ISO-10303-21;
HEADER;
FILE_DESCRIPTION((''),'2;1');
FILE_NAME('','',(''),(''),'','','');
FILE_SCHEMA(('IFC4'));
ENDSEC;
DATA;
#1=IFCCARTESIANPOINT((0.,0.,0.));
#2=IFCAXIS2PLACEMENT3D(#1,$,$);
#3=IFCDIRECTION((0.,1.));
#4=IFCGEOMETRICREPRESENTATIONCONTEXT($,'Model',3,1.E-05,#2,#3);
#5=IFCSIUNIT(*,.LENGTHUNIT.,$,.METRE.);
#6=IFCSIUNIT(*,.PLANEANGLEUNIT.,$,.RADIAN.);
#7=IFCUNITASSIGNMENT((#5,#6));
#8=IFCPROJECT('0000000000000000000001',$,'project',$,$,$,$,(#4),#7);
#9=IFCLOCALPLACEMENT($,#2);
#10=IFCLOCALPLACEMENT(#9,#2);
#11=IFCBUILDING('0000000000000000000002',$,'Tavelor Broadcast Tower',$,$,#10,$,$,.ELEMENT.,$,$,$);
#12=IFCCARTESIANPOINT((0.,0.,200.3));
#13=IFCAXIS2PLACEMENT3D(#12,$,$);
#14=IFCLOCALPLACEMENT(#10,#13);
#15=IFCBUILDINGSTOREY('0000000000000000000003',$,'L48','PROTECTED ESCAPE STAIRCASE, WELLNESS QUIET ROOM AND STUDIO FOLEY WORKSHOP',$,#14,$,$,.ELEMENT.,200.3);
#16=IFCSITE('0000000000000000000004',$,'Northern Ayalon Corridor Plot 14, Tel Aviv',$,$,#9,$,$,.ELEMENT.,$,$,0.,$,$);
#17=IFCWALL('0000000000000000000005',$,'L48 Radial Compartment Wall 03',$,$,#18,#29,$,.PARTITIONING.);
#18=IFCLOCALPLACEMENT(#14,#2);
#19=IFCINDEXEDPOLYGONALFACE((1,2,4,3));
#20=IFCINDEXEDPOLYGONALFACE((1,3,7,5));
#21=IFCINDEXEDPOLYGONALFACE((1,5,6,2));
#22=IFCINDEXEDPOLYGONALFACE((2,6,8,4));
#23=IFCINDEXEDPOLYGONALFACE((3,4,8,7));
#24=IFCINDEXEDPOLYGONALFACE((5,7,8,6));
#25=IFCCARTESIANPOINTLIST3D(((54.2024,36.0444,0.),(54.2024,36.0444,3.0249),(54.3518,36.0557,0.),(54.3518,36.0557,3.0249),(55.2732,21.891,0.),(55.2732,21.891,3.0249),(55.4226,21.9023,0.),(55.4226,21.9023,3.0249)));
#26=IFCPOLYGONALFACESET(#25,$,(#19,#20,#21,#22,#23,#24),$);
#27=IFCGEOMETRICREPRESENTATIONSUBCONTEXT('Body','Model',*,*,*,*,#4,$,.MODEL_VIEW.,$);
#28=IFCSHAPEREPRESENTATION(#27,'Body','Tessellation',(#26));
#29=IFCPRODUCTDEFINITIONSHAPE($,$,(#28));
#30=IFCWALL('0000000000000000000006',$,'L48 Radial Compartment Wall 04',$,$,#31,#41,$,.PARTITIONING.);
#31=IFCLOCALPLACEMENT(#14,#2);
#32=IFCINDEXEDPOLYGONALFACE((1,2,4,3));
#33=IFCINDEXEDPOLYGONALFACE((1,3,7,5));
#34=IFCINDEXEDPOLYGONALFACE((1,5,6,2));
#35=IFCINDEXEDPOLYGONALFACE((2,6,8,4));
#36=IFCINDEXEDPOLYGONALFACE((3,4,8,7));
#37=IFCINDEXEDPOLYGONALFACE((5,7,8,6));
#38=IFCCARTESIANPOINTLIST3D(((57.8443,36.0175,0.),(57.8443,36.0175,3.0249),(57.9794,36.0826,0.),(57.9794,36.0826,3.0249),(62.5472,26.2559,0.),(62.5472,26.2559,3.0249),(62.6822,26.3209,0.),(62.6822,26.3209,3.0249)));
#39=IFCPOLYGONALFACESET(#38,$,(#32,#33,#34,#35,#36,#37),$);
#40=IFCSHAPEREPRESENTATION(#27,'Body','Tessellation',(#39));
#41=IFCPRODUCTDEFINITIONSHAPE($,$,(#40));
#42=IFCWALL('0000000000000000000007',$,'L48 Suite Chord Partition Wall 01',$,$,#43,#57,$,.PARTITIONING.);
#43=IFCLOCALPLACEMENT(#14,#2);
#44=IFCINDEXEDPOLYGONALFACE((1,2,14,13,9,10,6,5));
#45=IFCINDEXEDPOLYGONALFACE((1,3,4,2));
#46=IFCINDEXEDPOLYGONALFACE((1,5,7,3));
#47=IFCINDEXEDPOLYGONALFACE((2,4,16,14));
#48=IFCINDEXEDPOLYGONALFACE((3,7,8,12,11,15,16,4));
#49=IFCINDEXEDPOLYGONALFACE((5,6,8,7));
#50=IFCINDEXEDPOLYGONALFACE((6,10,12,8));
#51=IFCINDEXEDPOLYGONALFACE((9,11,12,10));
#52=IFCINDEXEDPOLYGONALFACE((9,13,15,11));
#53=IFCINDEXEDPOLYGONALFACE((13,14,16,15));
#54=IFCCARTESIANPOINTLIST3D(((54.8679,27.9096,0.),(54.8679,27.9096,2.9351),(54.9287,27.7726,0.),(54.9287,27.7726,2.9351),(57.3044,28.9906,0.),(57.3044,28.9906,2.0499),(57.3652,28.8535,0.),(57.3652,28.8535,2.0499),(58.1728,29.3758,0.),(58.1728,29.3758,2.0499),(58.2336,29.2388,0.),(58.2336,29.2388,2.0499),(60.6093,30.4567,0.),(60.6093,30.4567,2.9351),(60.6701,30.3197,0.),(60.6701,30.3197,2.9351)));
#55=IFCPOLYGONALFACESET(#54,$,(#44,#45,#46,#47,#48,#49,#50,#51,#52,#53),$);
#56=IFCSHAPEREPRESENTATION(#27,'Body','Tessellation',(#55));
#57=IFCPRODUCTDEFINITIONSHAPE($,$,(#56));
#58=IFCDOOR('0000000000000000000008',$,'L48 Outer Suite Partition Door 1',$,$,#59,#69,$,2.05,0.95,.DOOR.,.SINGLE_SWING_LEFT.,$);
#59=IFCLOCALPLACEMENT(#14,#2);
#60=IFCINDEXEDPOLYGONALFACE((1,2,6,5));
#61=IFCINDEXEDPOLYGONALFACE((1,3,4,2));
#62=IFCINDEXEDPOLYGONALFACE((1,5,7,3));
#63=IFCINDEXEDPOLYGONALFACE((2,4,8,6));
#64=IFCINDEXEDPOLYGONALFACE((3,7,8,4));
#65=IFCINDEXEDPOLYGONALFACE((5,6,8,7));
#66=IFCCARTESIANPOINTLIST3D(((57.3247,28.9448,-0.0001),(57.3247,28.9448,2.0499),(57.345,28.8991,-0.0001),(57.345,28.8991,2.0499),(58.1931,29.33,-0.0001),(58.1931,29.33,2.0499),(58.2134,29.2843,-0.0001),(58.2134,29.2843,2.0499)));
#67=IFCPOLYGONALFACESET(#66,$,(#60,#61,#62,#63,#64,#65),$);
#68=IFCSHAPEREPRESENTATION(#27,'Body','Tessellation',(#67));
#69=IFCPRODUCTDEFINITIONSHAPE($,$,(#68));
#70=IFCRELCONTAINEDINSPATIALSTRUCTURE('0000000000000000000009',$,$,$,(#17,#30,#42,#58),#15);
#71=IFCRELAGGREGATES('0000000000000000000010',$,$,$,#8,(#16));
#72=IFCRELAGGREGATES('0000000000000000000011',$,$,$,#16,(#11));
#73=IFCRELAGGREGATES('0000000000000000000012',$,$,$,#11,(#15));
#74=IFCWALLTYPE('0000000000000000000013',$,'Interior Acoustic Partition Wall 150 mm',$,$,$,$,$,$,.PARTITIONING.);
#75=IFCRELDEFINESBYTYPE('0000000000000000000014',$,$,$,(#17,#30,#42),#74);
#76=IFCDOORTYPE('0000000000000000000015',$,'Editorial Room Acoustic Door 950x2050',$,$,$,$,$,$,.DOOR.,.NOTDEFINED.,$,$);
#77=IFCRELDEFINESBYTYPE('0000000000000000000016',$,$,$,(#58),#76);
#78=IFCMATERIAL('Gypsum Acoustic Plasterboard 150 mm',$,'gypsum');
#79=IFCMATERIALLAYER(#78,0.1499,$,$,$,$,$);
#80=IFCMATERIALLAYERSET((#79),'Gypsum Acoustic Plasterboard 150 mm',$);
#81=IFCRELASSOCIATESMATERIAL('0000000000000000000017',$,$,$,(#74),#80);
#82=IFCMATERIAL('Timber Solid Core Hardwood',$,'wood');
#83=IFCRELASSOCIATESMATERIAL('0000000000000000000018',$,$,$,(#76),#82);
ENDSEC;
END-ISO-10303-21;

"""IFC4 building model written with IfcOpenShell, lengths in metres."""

from ifc_helpers import new_model, si_unit, direction, frame, frame_2d, origin, place, context, subcontext, project, spatial, rectangle, extrude, material, layer, layer_set, type_object, element, fill, save


model = new_model("IFC4")

# Units and contexts
model_context = context("Model", 3, precision=1e-05, world=origin(), true_north=direction((0.0, 1.0)))
body_context = subcontext(model_context, "Body", "Model", "MODEL_VIEW")
ifc_project = project(units=[si_unit("LENGTHUNIT", "METRE"), si_unit("PLANEANGLEUNIT", "RADIAN")], contexts=[model_context])

# Site, building, storey
site_placement = place(None, origin())
site = spatial("IfcSite", under=ifc_project, at=site_placement, Name="Northern Ayalon Corridor Plot 14, Tel Aviv", CompositionType="ELEMENT", RefElevation=0.0)
building_placement = place(site_placement, origin())
building = spatial("IfcBuilding", under=site, at=building_placement, Name="Tavelor Broadcast Tower", CompositionType="ELEMENT")
storey_placement = place(building_placement, frame((0.0, 0.0, 200.3)))
storey = spatial("IfcBuildingStorey", under=building, at=storey_placement, Name="L48", Description="PROTECTED ESCAPE STAIRCASE, WELLNESS QUIET ROOM AND STUDIO FOLEY WORKSHOP", CompositionType="ELEMENT", Elevation=200.3)

# Shared definitions
ifc_material_1 = material(Name="Timber Solid Core Hardwood", Category="wood")

# Walls
ifc_material_2 = material(Name="Gypsum Acoustic Plasterboard 150 mm", Category="gypsum")
ifc_layer_1 = layer(ifc_material_2, 0.1499)
ifc_layer_set_1 = layer_set([ifc_layer_1], Name="Gypsum Acoustic Plasterboard 150 mm")
wall_type_1 = type_object("IfcWallType", Name="Interior Acoustic Partition Wall 150 mm", PredefinedType="PARTITIONING", material=ifc_layer_set_1)
wall_1_placement = place(storey_placement, frame((54.2771, 36.05, 0.0), z_axis=(0.0, 0.0, 1.0), x_axis=(0.075442, -0.99715, 0.0)))
element("IfcWall", 1, at=wall_1_placement, inside=storey, type_object=wall_type_1, Name="L48 Radial Compartment Wall 03", PredefinedType="PARTITIONING", context=body_context, shape_type="SweptSolid", body=[
    extrude(rectangle(XDim=14.1938, YDim=0.1499, at=frame_2d((7.0969, 0.0))), origin(), (0.0, 0.0, 1.0), 3.0249),
])
wall_2_placement = place(storey_placement, frame((57.9119, 36.05, 0.0), z_axis=(0.0, 0.0, 1.0), x_axis=(0.434025, -0.900901, 0.0)))
element("IfcWall", 2, at=wall_2_placement, inside=storey, type_object=wall_type_1, Name="L48 Radial Compartment Wall 04", PredefinedType="PARTITIONING", context=body_context, shape_type="SweptSolid", body=[
    extrude(rectangle(XDim=10.8354, YDim=0.1499, at=frame_2d((5.4177, 0.0))), origin(), (0.0, 0.0, 1.0), 3.0249),
])

# Wall, opening, door
wall_3_placement = place(storey_placement, frame((54.8982, 27.8411, 0.0), z_axis=(0.0, 0.0, 1.0), x_axis=(0.914085, 0.405522, 0.0)))
wall_3 = element("IfcWall", 3, at=wall_3_placement, inside=storey, type_object=wall_type_1, Name="L48 Suite Chord Partition Wall 01", PredefinedType="PARTITIONING", context=body_context, shape_type="SweptSolid", body=[
    extrude(rectangle(XDim=6.281, YDim=0.1499, at=frame_2d((3.1406, 0.0))), origin(), (0.0, 0.0, 1.0), 2.9351),
])
opening_1_placement = place(wall_3_placement, frame((2.6655, 0.0, 0.0)))
opening_1 = element("IfcOpeningElement", 4, at=opening_1_placement, cuts=wall_3, PredefinedType="OPENING", context=body_context, shape_type="SweptSolid", body=[
    extrude(rectangle(XDim=0.95, YDim=2.05, at=frame_2d((0.4751, 1.0249))), frame((0.0, 0.085, 0.0), z_axis=(0.0, -1.0, 0.0), x_axis=(1.0, 0.0, 0.0)), (0.0, 0.0, 1.0), 0.1699),
])
door_type_1 = type_object("IfcDoorType", Name="Editorial Room Acoustic Door 950x2050", OperationType="NOTDEFINED", PredefinedType="DOOR", material=ifc_material_1)
door_1_placement = place(opening_1_placement, origin())
door_1 = element("IfcDoor", 5, at=door_1_placement, inside=storey, type_object=door_type_1, Name="L48 Outer Suite Partition Door 1", OperationType="SINGLE_SWING_LEFT", OverallHeight=2.05, OverallWidth=0.95, PredefinedType="DOOR", context=body_context, shape_type="SweptSolid", body=[
    extrude(rectangle(XDim=0.95, YDim=2.05, at=frame_2d((0.4751, 1.0249))), frame((0.0, 0.0249, 0.0), z_axis=(0.0, -1.0, 0.0), x_axis=(1.0, 0.0, 0.0)), (0.0, 0.0, 1.0), 0.05),
])
fill(opening_1, door_1)

save(model, "model.ifc")
